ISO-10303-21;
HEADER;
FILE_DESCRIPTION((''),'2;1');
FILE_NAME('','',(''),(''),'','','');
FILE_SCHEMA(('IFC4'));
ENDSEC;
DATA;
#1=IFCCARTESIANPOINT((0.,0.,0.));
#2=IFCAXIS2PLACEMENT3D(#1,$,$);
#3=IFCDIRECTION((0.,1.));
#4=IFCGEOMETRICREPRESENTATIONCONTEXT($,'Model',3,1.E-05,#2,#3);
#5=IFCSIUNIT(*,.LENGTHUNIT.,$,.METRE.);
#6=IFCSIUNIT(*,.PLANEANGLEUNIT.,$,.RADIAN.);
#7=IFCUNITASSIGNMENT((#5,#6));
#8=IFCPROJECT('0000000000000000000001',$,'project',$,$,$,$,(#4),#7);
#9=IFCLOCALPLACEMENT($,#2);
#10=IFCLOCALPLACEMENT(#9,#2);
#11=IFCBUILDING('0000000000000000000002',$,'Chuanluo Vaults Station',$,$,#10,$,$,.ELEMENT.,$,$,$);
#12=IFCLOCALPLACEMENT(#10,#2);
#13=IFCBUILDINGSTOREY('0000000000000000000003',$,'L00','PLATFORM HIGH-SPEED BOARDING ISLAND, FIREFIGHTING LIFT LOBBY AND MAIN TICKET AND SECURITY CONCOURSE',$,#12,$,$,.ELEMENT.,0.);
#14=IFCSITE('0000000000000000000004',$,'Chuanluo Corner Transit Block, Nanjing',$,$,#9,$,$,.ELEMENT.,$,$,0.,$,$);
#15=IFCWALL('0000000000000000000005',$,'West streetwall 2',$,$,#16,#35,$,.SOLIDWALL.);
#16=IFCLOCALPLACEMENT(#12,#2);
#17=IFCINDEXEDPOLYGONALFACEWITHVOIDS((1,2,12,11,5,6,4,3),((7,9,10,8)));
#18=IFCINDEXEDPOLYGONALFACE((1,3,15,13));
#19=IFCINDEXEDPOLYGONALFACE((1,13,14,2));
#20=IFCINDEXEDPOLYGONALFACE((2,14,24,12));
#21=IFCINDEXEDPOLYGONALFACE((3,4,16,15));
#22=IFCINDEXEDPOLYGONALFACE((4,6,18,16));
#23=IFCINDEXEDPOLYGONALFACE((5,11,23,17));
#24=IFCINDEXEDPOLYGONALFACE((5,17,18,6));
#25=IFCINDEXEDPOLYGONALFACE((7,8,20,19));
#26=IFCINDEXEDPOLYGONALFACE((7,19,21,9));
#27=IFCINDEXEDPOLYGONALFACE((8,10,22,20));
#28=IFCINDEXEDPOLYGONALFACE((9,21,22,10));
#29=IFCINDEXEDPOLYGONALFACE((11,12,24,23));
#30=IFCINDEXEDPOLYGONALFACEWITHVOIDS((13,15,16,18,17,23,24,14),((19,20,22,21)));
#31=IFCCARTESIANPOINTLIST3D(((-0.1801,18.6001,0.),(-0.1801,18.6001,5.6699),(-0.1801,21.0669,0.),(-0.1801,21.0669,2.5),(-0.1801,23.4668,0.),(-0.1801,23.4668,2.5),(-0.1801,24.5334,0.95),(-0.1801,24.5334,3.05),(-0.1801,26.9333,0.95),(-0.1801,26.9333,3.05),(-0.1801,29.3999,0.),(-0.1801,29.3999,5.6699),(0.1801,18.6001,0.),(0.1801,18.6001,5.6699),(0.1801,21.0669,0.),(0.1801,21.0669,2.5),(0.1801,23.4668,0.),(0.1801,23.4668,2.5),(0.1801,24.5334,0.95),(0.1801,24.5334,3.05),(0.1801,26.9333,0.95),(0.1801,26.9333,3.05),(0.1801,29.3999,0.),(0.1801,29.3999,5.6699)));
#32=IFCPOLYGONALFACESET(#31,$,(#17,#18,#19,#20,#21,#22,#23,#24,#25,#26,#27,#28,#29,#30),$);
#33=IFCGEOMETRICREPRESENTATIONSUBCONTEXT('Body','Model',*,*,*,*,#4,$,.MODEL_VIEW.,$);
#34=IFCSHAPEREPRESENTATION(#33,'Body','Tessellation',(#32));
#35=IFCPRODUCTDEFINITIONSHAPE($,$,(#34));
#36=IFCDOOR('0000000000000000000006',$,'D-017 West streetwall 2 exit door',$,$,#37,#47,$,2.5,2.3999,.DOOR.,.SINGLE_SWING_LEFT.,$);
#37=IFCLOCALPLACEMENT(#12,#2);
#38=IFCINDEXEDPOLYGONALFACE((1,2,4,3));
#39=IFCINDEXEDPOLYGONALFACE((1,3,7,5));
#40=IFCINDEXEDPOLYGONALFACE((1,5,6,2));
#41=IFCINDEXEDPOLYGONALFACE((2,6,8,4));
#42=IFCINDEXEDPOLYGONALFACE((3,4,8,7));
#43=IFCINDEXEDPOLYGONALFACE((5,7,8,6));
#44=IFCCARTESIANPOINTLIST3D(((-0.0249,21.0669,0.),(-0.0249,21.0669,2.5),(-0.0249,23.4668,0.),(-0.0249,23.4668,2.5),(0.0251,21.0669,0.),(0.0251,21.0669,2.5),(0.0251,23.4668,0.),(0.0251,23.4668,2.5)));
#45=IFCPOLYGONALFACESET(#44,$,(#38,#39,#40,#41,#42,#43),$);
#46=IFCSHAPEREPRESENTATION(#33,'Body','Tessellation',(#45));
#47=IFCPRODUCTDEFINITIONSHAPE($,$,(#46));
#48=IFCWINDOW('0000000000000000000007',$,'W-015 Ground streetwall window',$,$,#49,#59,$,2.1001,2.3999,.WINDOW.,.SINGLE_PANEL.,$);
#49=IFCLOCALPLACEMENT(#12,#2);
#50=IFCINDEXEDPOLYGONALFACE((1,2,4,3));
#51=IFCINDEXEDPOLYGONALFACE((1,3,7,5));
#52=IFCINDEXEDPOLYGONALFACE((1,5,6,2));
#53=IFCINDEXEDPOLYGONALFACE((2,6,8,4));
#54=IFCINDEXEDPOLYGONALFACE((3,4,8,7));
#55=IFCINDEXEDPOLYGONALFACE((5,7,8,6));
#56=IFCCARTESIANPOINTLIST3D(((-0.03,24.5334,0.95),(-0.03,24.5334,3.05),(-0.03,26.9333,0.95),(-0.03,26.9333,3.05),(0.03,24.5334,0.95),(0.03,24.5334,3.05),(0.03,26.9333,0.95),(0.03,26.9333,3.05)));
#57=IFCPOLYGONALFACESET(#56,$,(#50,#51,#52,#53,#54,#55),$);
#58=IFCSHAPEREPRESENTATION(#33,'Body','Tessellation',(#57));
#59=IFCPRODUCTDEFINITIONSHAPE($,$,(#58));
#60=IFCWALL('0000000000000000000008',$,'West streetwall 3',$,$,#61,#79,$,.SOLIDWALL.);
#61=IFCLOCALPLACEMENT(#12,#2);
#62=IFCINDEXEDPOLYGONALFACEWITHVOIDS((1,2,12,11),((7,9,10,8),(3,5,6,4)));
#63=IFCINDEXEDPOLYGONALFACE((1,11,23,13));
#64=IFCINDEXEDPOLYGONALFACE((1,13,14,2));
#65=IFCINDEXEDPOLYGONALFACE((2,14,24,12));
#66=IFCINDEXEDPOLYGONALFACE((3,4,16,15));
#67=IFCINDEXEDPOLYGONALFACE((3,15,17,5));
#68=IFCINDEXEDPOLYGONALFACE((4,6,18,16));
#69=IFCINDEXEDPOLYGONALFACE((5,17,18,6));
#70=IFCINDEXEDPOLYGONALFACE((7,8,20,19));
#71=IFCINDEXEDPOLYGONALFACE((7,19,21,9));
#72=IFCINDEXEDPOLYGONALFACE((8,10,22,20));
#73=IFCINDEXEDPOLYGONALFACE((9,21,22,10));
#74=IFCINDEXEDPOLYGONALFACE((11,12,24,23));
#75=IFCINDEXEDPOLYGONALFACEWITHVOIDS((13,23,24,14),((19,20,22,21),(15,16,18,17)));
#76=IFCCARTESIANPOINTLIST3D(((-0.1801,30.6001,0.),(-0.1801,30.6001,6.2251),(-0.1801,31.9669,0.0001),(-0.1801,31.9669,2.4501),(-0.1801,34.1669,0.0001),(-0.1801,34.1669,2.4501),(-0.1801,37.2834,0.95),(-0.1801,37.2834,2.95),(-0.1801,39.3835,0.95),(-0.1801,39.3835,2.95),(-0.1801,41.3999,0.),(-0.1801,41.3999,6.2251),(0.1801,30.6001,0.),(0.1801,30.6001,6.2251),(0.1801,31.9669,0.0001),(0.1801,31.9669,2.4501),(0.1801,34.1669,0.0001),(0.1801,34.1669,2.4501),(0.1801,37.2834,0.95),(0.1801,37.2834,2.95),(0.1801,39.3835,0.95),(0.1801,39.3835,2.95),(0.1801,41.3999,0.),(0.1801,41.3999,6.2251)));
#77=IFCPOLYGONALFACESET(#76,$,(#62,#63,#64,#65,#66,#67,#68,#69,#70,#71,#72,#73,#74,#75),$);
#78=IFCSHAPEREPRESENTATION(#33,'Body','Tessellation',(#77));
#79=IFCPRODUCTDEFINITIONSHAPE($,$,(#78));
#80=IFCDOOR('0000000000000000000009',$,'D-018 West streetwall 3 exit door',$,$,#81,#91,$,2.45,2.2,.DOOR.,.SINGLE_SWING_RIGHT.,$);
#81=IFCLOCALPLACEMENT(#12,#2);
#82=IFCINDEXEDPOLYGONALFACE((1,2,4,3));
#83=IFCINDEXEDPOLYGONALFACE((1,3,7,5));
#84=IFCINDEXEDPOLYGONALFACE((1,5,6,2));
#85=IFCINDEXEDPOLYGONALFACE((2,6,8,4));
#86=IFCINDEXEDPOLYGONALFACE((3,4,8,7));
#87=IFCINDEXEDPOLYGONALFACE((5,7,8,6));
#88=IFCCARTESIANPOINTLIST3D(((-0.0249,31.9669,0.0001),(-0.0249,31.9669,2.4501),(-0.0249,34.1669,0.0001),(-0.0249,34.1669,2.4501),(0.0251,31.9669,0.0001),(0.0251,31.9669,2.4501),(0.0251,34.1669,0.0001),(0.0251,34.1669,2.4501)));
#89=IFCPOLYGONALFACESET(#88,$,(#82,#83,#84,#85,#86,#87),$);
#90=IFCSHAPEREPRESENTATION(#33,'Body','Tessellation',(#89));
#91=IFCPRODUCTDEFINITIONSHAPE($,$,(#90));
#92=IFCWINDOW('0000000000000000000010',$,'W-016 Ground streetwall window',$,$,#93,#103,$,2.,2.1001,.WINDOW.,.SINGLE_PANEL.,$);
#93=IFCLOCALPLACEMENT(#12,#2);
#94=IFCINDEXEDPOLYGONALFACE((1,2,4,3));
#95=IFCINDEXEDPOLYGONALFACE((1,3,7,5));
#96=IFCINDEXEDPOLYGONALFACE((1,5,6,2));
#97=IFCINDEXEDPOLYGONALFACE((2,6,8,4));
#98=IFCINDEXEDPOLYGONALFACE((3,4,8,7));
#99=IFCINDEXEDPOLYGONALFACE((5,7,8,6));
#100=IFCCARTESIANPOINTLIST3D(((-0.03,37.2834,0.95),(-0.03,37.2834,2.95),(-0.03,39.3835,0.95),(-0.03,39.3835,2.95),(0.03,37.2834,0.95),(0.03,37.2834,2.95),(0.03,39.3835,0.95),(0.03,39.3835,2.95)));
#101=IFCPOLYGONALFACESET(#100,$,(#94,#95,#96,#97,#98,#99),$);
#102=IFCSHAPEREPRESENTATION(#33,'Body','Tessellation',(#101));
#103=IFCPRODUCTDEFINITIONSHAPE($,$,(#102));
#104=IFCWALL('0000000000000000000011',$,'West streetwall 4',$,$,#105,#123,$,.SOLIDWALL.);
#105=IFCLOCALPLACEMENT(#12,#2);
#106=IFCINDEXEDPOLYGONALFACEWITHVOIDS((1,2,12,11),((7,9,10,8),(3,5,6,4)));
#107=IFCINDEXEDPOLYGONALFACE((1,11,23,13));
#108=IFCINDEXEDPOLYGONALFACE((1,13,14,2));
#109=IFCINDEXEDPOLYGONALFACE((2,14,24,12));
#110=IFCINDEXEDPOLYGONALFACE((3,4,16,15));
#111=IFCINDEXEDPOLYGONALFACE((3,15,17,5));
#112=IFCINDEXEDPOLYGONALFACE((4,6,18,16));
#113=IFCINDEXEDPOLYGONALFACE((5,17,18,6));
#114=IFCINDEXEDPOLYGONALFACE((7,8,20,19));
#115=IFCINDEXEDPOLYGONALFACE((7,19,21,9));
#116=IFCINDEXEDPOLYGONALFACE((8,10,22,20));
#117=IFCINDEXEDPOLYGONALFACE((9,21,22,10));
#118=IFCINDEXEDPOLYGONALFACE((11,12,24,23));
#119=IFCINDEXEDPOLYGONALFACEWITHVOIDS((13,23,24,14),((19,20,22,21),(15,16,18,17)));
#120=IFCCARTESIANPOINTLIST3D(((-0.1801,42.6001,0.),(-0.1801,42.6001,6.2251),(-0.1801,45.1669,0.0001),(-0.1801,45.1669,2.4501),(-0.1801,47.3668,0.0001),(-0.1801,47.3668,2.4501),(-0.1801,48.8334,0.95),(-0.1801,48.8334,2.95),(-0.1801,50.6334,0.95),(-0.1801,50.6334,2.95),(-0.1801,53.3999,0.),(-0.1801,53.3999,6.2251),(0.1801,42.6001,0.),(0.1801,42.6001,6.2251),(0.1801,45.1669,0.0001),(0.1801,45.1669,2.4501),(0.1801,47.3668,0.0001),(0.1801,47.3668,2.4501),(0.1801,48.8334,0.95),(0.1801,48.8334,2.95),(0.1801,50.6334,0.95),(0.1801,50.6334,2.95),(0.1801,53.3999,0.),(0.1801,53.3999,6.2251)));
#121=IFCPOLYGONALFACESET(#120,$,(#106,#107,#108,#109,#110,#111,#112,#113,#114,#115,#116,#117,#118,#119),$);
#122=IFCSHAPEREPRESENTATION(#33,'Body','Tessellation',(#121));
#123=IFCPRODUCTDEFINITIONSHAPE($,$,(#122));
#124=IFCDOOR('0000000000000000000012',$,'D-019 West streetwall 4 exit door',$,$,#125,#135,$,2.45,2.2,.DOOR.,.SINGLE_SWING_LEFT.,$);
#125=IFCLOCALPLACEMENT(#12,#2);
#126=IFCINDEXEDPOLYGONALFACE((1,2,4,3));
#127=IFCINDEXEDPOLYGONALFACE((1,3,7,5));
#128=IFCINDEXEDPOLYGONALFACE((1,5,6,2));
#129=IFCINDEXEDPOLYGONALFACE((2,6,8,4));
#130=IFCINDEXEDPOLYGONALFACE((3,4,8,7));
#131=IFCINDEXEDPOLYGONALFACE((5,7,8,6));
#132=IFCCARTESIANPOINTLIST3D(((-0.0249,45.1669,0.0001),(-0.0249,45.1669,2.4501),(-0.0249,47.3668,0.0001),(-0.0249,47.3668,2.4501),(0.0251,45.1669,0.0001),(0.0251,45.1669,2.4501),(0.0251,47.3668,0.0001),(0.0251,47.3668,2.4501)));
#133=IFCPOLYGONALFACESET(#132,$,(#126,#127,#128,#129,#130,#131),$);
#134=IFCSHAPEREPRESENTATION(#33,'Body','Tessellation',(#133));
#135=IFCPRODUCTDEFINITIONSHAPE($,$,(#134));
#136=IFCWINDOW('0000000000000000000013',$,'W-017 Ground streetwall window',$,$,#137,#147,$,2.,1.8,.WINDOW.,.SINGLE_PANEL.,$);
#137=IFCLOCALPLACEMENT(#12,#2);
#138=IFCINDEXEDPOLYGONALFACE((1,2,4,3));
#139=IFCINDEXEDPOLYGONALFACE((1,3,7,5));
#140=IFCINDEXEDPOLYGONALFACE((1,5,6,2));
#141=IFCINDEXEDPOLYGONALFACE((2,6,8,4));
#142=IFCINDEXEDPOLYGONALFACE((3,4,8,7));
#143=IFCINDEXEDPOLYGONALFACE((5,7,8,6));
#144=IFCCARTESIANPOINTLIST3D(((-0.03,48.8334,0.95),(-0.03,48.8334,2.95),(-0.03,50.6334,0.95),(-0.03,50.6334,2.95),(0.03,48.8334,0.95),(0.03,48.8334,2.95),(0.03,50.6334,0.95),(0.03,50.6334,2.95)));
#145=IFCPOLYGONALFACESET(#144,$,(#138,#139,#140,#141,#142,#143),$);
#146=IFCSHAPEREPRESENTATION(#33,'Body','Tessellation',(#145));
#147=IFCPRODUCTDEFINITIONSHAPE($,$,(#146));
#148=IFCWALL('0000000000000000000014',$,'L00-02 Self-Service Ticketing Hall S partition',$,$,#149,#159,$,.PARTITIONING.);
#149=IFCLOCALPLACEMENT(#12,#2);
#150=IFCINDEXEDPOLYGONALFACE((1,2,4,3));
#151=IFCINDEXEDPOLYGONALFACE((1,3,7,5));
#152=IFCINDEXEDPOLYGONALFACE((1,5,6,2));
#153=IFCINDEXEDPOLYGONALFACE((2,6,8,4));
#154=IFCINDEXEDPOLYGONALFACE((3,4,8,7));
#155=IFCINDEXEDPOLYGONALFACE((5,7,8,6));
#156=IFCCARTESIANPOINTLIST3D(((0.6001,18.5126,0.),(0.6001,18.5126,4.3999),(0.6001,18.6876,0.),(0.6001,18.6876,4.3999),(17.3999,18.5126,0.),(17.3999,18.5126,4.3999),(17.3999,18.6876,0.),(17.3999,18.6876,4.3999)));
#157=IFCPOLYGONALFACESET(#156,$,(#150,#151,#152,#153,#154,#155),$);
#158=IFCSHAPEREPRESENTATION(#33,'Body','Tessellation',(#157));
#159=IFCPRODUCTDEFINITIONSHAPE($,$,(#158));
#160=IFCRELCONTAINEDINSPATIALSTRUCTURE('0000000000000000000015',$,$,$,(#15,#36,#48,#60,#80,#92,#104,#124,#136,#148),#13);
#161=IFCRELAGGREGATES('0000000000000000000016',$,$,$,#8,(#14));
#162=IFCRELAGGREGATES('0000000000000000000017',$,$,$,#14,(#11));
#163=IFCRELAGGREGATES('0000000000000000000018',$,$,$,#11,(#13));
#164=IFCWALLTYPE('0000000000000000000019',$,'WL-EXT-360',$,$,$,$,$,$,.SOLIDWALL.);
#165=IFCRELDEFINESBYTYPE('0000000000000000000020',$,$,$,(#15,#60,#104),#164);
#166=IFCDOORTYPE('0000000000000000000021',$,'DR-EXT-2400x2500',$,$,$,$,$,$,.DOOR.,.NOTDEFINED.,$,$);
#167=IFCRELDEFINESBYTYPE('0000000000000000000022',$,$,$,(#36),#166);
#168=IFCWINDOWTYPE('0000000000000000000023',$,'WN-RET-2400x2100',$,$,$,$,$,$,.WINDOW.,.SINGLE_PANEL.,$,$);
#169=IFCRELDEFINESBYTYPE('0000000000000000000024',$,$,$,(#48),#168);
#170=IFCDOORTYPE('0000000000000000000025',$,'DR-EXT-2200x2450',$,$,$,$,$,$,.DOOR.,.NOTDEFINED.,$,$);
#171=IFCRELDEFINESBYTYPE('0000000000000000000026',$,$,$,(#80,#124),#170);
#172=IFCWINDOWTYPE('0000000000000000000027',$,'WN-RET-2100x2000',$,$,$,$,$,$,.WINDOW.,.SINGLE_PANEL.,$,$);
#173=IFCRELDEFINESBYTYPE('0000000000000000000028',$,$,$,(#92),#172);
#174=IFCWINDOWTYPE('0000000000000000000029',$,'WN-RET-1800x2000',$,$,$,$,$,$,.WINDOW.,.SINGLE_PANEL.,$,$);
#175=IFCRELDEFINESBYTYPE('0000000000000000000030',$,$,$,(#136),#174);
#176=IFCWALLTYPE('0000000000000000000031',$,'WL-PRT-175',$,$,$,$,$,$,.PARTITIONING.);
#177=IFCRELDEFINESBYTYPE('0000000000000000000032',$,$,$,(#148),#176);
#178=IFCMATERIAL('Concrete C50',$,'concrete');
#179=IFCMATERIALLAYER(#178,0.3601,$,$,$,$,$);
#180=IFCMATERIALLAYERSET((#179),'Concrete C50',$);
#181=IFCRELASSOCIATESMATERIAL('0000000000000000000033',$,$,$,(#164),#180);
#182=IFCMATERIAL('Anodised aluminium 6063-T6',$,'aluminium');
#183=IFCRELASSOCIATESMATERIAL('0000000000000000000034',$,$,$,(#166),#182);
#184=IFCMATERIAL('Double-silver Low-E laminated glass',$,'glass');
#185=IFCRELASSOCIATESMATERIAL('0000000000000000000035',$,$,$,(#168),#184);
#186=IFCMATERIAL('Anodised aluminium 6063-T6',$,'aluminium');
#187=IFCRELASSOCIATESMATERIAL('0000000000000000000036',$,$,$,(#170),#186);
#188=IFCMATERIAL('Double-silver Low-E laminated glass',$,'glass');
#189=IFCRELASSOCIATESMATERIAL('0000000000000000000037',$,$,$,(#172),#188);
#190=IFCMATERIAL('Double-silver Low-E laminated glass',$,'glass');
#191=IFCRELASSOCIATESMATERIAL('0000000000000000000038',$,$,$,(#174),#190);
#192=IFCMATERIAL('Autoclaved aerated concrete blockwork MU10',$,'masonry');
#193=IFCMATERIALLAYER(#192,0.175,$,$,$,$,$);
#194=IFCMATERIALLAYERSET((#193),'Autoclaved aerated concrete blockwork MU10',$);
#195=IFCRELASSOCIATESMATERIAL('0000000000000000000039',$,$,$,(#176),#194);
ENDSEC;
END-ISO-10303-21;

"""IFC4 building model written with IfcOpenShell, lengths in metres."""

from ifc_helpers import new_model, si_unit, direction, frame, frame_2d, origin, place, context, subcontext, project, spatial, rectangle, extrude, material, layer, layer_set, type_object, element, fill, save


model = new_model("IFC4")

# Units and contexts
model_context = context("Model", 3, precision=1e-05, world=origin(), true_north=direction((0.0, 1.0)))
body_context = subcontext(model_context, "Body", "Model", "MODEL_VIEW")
ifc_project = project(units=[si_unit("LENGTHUNIT", "METRE"), si_unit("PLANEANGLEUNIT", "RADIAN")], contexts=[model_context])

# Site, building, storey
site_placement = place(None, origin())
site = spatial("IfcSite", under=ifc_project, at=site_placement, Name="Chuanluo Corner Transit Block, Nanjing", CompositionType="ELEMENT", RefElevation=0.0)
building_placement = place(site_placement, origin())
building = spatial("IfcBuilding", under=site, at=building_placement, Name="Chuanluo Vaults Station", CompositionType="ELEMENT")
storey_placement = place(building_placement, origin())
storey = spatial("IfcBuildingStorey", under=building, at=storey_placement, Name="L00", Description="PLATFORM HIGH-SPEED BOARDING ISLAND, FIREFIGHTING LIFT LOBBY AND MAIN TICKET AND SECURITY CONCOURSE", CompositionType="ELEMENT", Elevation=0.0)

# Walls, openings, doors, windows
ifc_material_1 = material(Name="Concrete C50", Category="concrete")
ifc_layer_1 = layer(ifc_material_1, 0.3601)
ifc_layer_set_1 = layer_set([ifc_layer_1], Name="Concrete C50")
wall_type_1 = type_object("IfcWallType", Name="WL-EXT-360", PredefinedType="SOLIDWALL", material=ifc_layer_set_1)
wall_1_placement = place(storey_placement, frame((0.0, 18.6001, 0.0), z_axis=(0.0, 0.0, 1.0), x_axis=(0.0, 1.0, 0.0)))
wall_1 = element("IfcWall", 1, at=wall_1_placement, inside=storey, type_object=wall_type_1, Name="West streetwall 2", PredefinedType="SOLIDWALL", context=body_context, shape_type="SweptSolid", body=[
    extrude(rectangle(XDim=10.7998, YDim=0.3601, at=frame_2d((5.3999, 0.0))), origin(), (0.0, 0.0, 1.0), 5.6699),
])
opening_1_placement = place(wall_1_placement, frame((2.4668, 0.0, 0.0)))
opening_1 = element("IfcOpeningElement", 2, at=opening_1_placement, cuts=wall_1, PredefinedType="OPENING", context=body_context, shape_type="SweptSolid", body=[
    extrude(rectangle(XDim=2.3999, YDim=2.5, at=frame_2d((1.2, 1.25))), frame((0.0, 0.1902, 0.0), z_axis=(0.0, -1.0, 0.0), x_axis=(1.0, 0.0, 0.0)), (0.0, 0.0, 1.0), 0.3801),
])
opening_2_placement = place(wall_1_placement, frame((5.9333, 0.0, 0.95)))
opening_2 = element("IfcOpeningElement", 3, at=opening_2_placement, cuts=wall_1, PredefinedType="OPENING", context=body_context, shape_type="SweptSolid", body=[
    extrude(rectangle(XDim=2.3999, YDim=2.1001, at=frame_2d((1.2, 1.05))), frame((0.0, 0.1902, 0.0), z_axis=(0.0, -1.0, 0.0), x_axis=(1.0, 0.0, 0.0)), (0.0, 0.0, 1.0), 0.3801),
])
ifc_material_2 = material(Name="Anodised aluminium 6063-T6", Category="aluminium")
door_type_1 = type_object("IfcDoorType", Name="DR-EXT-2400x2500", OperationType="NOTDEFINED", PredefinedType="DOOR", material=ifc_material_2)
door_1_placement = place(opening_1_placement, origin())
door_1 = element("IfcDoor", 4, at=door_1_placement, inside=storey, type_object=door_type_1, Name="D-017 West streetwall 2 exit door", OperationType="SINGLE_SWING_LEFT", OverallHeight=2.5, OverallWidth=2.3999, PredefinedType="DOOR", context=body_context, shape_type="SweptSolid", body=[
    extrude(rectangle(XDim=2.3999, YDim=2.5, at=frame_2d((1.2, 1.25))), frame((0.0, 0.0249, 0.0), z_axis=(0.0, -1.0, 0.0), x_axis=(1.0, 0.0, 0.0)), (0.0, 0.0, 1.0), 0.05),
])
fill(opening_1, door_1)
ifc_material_3 = material(Name="Double-silver Low-E laminated glass", Category="glass")
window_type_1 = type_object("IfcWindowType", Name="WN-RET-2400x2100", PartitioningType="SINGLE_PANEL", PredefinedType="WINDOW", material=ifc_material_3)
window_1_placement = place(opening_2_placement, origin())
window_1 = element("IfcWindow", 5, at=window_1_placement, inside=storey, type_object=window_type_1, Name="W-015 Ground streetwall window", OverallHeight=2.1001, OverallWidth=2.3999, PartitioningType="SINGLE_PANEL", PredefinedType="WINDOW", context=body_context, shape_type="SweptSolid", body=[
    extrude(rectangle(XDim=2.3999, YDim=2.1001, at=frame_2d((1.2, 1.05))), frame((0.0, 0.03, 0.0), z_axis=(0.0, -1.0, 0.0), x_axis=(1.0, 0.0, 0.0)), (0.0, 0.0, 1.0), 0.0601),
])
fill(opening_2, window_1)
wall_2_placement = place(storey_placement, frame((0.0, 30.6001, 0.0), z_axis=(0.0, 0.0, 1.0), x_axis=(0.0, 1.0, 0.0)))
wall_2 = element("IfcWall", 6, at=wall_2_placement, inside=storey, type_object=wall_type_1, Name="West streetwall 3", PredefinedType="SOLIDWALL", context=body_context, shape_type="SweptSolid", body=[
    extrude(rectangle(XDim=10.7998, YDim=0.3601, at=frame_2d((5.3999, 0.0))), origin(), (0.0, 0.0, 1.0), 6.2251),
])
opening_3_placement = place(wall_2_placement, frame((1.3667, 0.0, 0.0)))
opening_3 = element("IfcOpeningElement", 7, at=opening_3_placement, cuts=wall_2, PredefinedType="OPENING", context=body_context, shape_type="SweptSolid", body=[
    extrude(rectangle(XDim=2.2, YDim=2.45, at=frame_2d((1.1001, 1.2251))), frame((0.0, 0.1902, 0.0), z_axis=(0.0, -1.0, 0.0), x_axis=(1.0, 0.0, 0.0)), (0.0, 0.0, 1.0), 0.3801),
])
opening_4_placement = place(wall_2_placement, frame((6.6833, 0.0, 0.95)))
opening_4 = element("IfcOpeningElement", 8, at=opening_4_placement, cuts=wall_2, PredefinedType="OPENING", context=body_context, shape_type="SweptSolid", body=[
    extrude(rectangle(XDim=2.1001, YDim=2.0, at=frame_2d((1.05, 1.0))), frame((0.0, 0.1902, 0.0), z_axis=(0.0, -1.0, 0.0), x_axis=(1.0, 0.0, 0.0)), (0.0, 0.0, 1.0), 0.3801),
])
ifc_material_4 = material(Name="Anodised aluminium 6063-T6", Category="aluminium")
door_type_2 = type_object("IfcDoorType", Name="DR-EXT-2200x2450", OperationType="NOTDEFINED", PredefinedType="DOOR", material=ifc_material_4)
door_2_placement = place(opening_3_placement, origin())
door_2 = element("IfcDoor", 9, at=door_2_placement, inside=storey, type_object=door_type_2, Name="D-018 West streetwall 3 exit door", OperationType="SINGLE_SWING_RIGHT", OverallHeight=2.45, OverallWidth=2.2, PredefinedType="DOOR", context=body_context, shape_type="SweptSolid", body=[
    extrude(rectangle(XDim=2.2, YDim=2.45, at=frame_2d((1.1001, 1.2251))), frame((0.0, 0.0249, 0.0), z_axis=(0.0, -1.0, 0.0), x_axis=(1.0, 0.0, 0.0)), (0.0, 0.0, 1.0), 0.05),
])
fill(opening_3, door_2)
ifc_material_5 = material(Name="Double-silver Low-E laminated glass", Category="glass")
window_type_2 = type_object("IfcWindowType", Name="WN-RET-2100x2000", PartitioningType="SINGLE_PANEL", PredefinedType="WINDOW", material=ifc_material_5)
window_2_placement = place(opening_4_placement, origin())
window_2 = element("IfcWindow", 10, at=window_2_placement, inside=storey, type_object=window_type_2, Name="W-016 Ground streetwall window", OverallHeight=2.0, OverallWidth=2.1001, PartitioningType="SINGLE_PANEL", PredefinedType="WINDOW", context=body_context, shape_type="SweptSolid", body=[
    extrude(rectangle(XDim=2.1001, YDim=2.0, at=frame_2d((1.05, 1.0))), frame((0.0, 0.03, 0.0), z_axis=(0.0, -1.0, 0.0), x_axis=(1.0, 0.0, 0.0)), (0.0, 0.0, 1.0), 0.0601),
])
fill(opening_4, window_2)
wall_3_placement = place(storey_placement, frame((0.0, 42.6001, 0.0), z_axis=(0.0, 0.0, 1.0), x_axis=(0.0, 1.0, 0.0)))
wall_3 = element("IfcWall", 11, at=wall_3_placement, inside=storey, type_object=wall_type_1, Name="West streetwall 4", PredefinedType="SOLIDWALL", context=body_context, shape_type="SweptSolid", body=[
    extrude(rectangle(XDim=10.7998, YDim=0.3601, at=frame_2d((5.3999, 0.0))), origin(), (0.0, 0.0, 1.0), 6.2251),
])
opening_5_placement = place(wall_3_placement, frame((2.5667, 0.0, 0.0)))
opening_5 = element("IfcOpeningElement", 12, at=opening_5_placement, cuts=wall_3, PredefinedType="OPENING", context=body_context, shape_type="SweptSolid", body=[
    extrude(rectangle(XDim=2.2, YDim=2.45, at=frame_2d((1.1001, 1.2251))), frame((0.0, 0.1902, 0.0), z_axis=(0.0, -1.0, 0.0), x_axis=(1.0, 0.0, 0.0)), (0.0, 0.0, 1.0), 0.3801),
])
opening_6_placement = place(wall_3_placement, frame((6.2334, 0.0, 0.95)))
opening_6 = element("IfcOpeningElement", 13, at=opening_6_placement, cuts=wall_3, PredefinedType="OPENING", context=body_context, shape_type="SweptSolid", body=[
    extrude(rectangle(XDim=1.8, YDim=2.0, at=frame_2d((0.8999, 1.0))), frame((0.0, 0.1902, 0.0), z_axis=(0.0, -1.0, 0.0), x_axis=(1.0, 0.0, 0.0)), (0.0, 0.0, 1.0), 0.3801),
])
door_3_placement = place(opening_5_placement, origin())
door_3 = element("IfcDoor", 14, at=door_3_placement, inside=storey, type_object=door_type_2, Name="D-019 West streetwall 4 exit door", OperationType="SINGLE_SWING_LEFT", OverallHeight=2.45, OverallWidth=2.2, PredefinedType="DOOR", context=body_context, shape_type="SweptSolid", body=[
    extrude(rectangle(XDim=2.2, YDim=2.45, at=frame_2d((1.1001, 1.2251))), frame((0.0, 0.0249, 0.0), z_axis=(0.0, -1.0, 0.0), x_axis=(1.0, 0.0, 0.0)), (0.0, 0.0, 1.0), 0.05),
])
fill(opening_5, door_3)
ifc_material_6 = material(Name="Double-silver Low-E laminated glass", Category="glass")
window_type_3 = type_object("IfcWindowType", Name="WN-RET-1800x2000", PartitioningType="SINGLE_PANEL", PredefinedType="WINDOW", material=ifc_material_6)
window_3_placement = place(opening_6_placement, origin())
window_3 = element("IfcWindow", 15, at=window_3_placement, inside=storey, type_object=window_type_3, Name="W-017 Ground streetwall window", OverallHeight=2.0, OverallWidth=1.8, PartitioningType="SINGLE_PANEL", PredefinedType="WINDOW", context=body_context, shape_type="SweptSolid", body=[
    extrude(rectangle(XDim=1.8, YDim=2.0, at=frame_2d((0.8999, 1.0))), frame((0.0, 0.03, 0.0), z_axis=(0.0, -1.0, 0.0), x_axis=(1.0, 0.0, 0.0)), (0.0, 0.0, 1.0), 0.0601),
])
fill(opening_6, window_3)

# Wall
ifc_material_7 = material(Name="Autoclaved aerated concrete blockwork MU10", Category="masonry")
ifc_layer_2 = layer(ifc_material_7, 0.175)
ifc_layer_set_2 = layer_set([ifc_layer_2], Name="Autoclaved aerated concrete blockwork MU10")
wall_type_2 = type_object("IfcWallType", Name="WL-PRT-175", PredefinedType="PARTITIONING", material=ifc_layer_set_2)
for number, where, z_axis, x_axis, name in (
    (16, (17.3999, 18.6001, 0.0), (0.0, 0.0, 1.0), (-1.0, 0.0, 0.0), "L00-02 Self-Service Ticketing Hall S partition"),
):
    element("IfcWall", number, at=place(storey_placement, frame(where, z_axis=z_axis, x_axis=x_axis)), inside=storey, type_object=wall_type_2, Name=name, PredefinedType="PARTITIONING", context=body_context, shape_type="SweptSolid", body=[
        extrude(rectangle(XDim=16.7998, YDim=0.175, at=frame_2d((8.3999, 0.0))), origin(), (0.0, 0.0, 1.0), 4.3999),
    ])

save(model, "model.ifc")
